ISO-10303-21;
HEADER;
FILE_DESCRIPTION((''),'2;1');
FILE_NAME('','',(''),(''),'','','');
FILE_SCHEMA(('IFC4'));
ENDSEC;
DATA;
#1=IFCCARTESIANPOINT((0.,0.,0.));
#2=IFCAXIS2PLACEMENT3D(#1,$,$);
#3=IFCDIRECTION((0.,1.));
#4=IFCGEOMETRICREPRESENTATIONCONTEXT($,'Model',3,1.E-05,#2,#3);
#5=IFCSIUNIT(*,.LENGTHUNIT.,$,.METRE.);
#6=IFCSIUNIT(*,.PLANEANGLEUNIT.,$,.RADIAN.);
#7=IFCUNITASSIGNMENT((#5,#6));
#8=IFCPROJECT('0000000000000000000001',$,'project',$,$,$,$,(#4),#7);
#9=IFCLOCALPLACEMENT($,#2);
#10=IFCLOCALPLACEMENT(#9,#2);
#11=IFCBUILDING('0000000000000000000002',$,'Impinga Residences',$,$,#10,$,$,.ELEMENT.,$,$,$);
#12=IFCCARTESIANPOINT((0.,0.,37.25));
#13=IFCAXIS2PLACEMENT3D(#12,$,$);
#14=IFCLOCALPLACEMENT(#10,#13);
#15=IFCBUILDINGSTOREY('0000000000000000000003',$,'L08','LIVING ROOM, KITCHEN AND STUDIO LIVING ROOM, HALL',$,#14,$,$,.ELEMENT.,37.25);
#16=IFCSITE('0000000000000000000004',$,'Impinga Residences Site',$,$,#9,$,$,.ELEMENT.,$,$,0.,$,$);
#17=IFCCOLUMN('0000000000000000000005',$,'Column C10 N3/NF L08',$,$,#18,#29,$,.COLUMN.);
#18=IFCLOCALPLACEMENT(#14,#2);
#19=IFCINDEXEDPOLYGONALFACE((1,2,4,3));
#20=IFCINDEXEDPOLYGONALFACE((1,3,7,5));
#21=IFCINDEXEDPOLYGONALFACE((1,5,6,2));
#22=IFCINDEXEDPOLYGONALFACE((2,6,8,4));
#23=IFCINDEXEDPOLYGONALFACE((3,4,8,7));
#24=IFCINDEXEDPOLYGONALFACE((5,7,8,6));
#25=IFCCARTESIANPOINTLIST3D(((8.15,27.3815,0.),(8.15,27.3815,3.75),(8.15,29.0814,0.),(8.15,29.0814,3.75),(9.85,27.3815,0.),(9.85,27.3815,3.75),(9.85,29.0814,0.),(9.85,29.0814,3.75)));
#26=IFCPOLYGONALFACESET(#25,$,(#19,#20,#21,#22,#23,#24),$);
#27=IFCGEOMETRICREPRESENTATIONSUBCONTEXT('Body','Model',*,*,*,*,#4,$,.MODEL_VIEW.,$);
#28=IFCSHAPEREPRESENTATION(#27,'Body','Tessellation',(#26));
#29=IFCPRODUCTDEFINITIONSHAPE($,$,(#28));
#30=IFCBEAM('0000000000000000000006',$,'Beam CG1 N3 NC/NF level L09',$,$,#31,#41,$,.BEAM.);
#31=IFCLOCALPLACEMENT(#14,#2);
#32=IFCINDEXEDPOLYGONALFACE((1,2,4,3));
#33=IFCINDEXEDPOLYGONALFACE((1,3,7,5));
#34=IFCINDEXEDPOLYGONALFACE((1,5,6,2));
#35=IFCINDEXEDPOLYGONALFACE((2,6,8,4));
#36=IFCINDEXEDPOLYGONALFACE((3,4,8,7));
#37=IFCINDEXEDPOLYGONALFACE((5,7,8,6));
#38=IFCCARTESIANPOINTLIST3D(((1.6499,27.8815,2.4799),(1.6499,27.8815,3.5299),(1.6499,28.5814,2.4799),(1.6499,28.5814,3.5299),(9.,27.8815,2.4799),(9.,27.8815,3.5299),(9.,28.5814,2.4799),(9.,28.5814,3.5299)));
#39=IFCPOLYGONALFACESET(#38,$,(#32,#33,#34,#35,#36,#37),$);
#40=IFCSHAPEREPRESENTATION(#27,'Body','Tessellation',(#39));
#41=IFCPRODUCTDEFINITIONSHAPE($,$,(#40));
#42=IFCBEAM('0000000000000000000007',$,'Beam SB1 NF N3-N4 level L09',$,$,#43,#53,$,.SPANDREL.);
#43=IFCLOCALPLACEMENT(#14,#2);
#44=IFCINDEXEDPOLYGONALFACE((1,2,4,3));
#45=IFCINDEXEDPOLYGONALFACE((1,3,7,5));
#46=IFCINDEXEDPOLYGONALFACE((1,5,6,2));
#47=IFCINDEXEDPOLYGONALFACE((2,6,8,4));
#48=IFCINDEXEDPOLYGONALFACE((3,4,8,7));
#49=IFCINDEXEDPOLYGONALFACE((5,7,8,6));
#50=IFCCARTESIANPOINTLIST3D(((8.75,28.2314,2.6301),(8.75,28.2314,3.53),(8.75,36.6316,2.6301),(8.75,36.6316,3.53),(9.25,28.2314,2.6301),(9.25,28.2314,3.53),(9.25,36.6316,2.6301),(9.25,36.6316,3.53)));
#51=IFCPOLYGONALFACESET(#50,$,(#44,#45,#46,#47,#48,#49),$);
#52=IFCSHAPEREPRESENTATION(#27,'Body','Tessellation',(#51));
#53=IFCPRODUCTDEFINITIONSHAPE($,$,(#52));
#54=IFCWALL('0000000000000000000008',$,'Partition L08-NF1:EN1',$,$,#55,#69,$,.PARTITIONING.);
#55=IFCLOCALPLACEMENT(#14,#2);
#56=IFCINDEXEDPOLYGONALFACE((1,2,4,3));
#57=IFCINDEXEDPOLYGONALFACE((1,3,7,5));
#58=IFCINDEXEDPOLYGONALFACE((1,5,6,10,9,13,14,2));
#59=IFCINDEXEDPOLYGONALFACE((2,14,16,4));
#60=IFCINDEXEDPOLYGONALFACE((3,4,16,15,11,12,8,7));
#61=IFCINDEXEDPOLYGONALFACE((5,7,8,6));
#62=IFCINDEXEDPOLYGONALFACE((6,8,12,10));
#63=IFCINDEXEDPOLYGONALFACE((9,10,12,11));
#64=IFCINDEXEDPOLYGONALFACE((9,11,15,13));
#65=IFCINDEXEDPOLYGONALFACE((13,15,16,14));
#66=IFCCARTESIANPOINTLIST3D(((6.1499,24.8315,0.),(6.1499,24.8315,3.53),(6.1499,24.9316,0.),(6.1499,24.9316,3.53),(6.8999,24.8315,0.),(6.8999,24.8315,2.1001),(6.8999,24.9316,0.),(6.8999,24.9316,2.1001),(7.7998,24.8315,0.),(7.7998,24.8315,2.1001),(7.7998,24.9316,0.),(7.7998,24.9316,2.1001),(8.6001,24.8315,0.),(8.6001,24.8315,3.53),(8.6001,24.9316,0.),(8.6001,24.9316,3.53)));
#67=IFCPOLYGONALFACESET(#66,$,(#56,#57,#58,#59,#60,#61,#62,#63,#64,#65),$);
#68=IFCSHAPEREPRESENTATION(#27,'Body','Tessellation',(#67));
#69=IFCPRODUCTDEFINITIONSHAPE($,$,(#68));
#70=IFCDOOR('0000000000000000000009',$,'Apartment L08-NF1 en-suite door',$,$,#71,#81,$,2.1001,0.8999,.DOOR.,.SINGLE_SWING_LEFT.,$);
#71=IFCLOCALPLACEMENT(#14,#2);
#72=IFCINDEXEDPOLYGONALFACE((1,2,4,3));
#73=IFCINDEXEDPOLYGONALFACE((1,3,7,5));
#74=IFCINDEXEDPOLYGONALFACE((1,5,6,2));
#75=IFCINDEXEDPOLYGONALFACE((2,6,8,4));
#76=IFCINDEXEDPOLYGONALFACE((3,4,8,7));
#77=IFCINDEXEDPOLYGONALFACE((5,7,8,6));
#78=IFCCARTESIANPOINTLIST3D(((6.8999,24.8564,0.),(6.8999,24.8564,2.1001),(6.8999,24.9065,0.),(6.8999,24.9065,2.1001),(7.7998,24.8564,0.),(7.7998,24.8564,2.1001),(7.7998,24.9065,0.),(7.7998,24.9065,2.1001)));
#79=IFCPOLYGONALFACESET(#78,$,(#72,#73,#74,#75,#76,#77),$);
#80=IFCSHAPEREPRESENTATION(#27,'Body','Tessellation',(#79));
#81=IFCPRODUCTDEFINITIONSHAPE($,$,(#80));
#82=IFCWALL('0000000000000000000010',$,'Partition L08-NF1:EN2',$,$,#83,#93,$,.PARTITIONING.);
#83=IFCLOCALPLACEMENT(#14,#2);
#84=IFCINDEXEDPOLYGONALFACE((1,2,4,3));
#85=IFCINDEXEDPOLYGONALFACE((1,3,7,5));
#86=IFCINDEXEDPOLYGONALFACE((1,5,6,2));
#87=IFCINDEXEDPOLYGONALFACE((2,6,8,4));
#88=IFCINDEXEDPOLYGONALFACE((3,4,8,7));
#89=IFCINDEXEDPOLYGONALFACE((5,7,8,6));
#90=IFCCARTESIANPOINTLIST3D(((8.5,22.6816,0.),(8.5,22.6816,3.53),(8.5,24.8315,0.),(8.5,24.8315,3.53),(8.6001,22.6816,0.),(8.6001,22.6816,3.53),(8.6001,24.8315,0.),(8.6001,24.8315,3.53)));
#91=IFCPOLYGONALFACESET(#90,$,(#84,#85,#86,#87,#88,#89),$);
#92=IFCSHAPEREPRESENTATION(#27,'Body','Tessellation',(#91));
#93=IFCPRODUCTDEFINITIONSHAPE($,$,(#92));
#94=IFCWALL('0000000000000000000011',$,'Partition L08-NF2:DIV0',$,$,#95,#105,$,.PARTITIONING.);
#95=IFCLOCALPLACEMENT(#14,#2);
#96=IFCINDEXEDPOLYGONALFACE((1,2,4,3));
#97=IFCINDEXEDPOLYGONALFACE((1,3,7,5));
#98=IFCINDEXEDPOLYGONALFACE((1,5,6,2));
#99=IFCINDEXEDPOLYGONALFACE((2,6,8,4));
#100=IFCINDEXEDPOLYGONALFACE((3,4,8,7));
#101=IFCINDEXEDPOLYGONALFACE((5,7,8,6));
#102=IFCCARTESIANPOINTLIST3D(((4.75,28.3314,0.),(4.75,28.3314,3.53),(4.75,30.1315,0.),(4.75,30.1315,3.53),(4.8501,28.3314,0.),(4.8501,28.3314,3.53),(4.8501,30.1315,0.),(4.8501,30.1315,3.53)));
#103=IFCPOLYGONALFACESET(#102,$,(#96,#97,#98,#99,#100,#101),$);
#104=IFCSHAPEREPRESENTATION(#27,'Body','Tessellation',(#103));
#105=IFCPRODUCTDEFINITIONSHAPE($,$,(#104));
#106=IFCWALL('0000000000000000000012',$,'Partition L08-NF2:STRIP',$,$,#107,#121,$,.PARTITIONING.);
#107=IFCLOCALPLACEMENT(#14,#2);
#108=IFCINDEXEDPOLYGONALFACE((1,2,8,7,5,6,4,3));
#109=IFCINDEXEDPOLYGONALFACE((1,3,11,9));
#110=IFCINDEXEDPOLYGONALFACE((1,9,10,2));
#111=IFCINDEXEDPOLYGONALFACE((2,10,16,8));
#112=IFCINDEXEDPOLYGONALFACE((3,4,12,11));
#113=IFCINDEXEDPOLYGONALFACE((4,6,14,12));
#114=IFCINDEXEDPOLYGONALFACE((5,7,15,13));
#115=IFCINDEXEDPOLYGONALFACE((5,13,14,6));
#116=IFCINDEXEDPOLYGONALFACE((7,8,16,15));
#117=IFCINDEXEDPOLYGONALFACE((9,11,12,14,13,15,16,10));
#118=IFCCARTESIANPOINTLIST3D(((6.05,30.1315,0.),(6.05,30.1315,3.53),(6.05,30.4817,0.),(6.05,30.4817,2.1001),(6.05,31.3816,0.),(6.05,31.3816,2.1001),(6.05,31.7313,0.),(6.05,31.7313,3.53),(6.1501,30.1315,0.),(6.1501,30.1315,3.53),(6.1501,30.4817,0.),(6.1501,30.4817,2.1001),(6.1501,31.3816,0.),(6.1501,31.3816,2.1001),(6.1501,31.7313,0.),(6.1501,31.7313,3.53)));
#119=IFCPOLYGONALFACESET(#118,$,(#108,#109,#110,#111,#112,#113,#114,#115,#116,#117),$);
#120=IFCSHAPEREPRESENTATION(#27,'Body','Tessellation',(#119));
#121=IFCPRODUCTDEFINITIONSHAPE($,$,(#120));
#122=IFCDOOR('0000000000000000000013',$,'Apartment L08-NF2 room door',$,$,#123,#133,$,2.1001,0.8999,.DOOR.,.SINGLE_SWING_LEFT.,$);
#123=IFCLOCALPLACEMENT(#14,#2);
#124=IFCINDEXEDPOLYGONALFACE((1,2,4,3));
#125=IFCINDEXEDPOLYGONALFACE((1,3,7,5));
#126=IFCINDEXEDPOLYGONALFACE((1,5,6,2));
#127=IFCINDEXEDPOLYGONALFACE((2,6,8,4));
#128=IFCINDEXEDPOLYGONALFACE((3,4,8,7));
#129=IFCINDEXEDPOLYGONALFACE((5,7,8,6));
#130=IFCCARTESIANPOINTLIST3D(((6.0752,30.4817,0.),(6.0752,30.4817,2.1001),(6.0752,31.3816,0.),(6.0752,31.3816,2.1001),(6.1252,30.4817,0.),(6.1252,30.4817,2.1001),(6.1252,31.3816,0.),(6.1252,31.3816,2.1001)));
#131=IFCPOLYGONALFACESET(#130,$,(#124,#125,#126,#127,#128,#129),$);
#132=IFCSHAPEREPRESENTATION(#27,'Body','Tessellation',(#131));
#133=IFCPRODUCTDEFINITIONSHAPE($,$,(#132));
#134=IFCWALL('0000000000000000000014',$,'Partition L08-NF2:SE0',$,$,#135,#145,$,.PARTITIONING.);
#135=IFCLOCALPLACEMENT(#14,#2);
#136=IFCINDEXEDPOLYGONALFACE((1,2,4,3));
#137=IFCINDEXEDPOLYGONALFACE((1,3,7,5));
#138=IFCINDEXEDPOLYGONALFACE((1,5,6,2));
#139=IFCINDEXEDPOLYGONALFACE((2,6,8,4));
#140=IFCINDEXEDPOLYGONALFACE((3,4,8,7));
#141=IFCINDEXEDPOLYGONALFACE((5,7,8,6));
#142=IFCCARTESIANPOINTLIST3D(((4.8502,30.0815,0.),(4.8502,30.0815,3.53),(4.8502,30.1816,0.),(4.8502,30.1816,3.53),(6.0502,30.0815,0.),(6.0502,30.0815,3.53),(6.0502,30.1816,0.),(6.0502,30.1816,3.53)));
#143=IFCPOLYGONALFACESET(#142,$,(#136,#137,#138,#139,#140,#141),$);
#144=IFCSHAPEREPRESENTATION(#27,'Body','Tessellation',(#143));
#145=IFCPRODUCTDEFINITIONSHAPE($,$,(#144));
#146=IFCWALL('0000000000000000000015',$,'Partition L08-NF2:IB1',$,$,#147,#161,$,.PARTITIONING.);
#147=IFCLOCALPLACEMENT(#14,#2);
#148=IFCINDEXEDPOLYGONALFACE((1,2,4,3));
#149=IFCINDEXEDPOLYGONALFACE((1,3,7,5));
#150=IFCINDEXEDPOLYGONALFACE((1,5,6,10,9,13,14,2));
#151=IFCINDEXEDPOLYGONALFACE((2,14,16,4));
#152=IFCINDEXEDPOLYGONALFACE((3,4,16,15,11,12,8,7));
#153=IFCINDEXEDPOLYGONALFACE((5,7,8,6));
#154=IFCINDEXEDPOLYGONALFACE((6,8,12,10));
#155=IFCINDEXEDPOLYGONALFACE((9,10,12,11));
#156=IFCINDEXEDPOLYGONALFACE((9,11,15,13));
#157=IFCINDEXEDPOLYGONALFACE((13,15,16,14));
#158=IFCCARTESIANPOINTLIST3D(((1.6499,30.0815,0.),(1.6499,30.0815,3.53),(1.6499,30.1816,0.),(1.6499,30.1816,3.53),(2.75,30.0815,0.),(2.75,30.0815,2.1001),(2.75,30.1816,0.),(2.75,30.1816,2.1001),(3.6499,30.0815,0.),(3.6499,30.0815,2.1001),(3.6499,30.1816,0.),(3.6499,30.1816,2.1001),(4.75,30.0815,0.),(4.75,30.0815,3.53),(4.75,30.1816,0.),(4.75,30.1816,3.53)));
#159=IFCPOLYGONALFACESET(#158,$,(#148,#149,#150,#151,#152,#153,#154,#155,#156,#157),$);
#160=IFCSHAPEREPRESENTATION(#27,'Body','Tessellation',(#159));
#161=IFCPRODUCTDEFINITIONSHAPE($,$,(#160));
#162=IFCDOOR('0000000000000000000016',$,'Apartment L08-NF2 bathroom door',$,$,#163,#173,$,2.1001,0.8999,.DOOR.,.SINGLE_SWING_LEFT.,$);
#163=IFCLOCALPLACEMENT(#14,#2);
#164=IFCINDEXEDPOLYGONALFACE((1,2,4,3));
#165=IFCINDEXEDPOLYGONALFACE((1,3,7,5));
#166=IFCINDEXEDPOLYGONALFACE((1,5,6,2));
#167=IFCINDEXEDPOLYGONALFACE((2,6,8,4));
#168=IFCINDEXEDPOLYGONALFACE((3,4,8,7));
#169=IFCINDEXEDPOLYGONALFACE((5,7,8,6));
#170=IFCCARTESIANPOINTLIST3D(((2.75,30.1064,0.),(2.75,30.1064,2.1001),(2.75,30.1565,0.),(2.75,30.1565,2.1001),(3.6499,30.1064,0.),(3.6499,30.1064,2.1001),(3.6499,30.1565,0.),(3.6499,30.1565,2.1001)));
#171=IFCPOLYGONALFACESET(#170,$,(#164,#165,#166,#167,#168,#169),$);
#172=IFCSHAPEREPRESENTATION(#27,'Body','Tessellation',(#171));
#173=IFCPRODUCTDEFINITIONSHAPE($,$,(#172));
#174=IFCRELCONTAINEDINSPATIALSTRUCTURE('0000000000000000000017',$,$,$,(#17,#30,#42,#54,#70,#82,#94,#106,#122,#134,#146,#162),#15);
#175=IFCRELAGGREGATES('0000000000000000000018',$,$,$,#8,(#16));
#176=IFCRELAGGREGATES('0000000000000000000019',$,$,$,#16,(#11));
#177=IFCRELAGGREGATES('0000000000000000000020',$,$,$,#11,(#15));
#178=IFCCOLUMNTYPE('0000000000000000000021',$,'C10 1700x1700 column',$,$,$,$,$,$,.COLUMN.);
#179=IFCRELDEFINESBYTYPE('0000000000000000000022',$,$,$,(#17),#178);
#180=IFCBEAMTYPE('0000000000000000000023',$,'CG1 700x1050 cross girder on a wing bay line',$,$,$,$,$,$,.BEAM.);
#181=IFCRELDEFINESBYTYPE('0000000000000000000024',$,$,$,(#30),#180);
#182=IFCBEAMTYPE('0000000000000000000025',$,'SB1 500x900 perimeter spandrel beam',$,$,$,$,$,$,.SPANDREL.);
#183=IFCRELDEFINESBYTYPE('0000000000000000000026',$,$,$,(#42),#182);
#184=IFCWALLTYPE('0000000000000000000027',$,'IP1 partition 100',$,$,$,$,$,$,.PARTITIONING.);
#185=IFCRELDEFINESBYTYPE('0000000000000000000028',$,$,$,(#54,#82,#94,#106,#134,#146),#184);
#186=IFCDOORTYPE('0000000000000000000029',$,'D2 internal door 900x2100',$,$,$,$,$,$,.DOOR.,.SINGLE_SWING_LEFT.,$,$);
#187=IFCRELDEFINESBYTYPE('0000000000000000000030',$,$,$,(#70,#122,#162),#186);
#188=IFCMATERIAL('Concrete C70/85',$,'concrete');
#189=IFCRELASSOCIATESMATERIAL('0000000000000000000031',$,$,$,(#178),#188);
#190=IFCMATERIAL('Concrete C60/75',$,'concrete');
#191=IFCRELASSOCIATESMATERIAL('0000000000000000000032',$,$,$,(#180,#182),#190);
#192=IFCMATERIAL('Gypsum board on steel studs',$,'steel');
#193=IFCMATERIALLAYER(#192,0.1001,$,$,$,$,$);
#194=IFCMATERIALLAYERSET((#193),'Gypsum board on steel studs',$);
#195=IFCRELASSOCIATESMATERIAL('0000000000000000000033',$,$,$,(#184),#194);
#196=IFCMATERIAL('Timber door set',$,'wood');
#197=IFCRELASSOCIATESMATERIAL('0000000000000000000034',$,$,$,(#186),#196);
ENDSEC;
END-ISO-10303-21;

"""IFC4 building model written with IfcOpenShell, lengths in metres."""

from ifc_helpers import new_model, si_unit, direction, frame, frame_2d, origin, origin_2d, place, context, subcontext, project, spatial, rectangle, extrude, material, layer, layer_set, material_profile, profile_set, type_object, element, fill, save


model = new_model("IFC4")

# Units and contexts
model_context = context("Model", 3, precision=1e-05, world=origin(), true_north=direction((0.0, 1.0)))
body_context = subcontext(model_context, "Body", "Model", "MODEL_VIEW")
ifc_project = project(units=[si_unit("LENGTHUNIT", "METRE"), si_unit("PLANEANGLEUNIT", "RADIAN")], contexts=[model_context])

# Site, building, storey
site_placement = place(None, origin())
site = spatial("IfcSite", under=ifc_project, at=site_placement, Name="Impinga Residences Site", CompositionType="ELEMENT", RefElevation=0.0)
building_placement = place(site_placement, origin())
building = spatial("IfcBuilding", under=site, at=building_placement, Name="Impinga Residences", CompositionType="ELEMENT")
storey_placement = place(building_placement, frame((0.0, 0.0, 37.25)))
storey = spatial("IfcBuildingStorey", under=building, at=storey_placement, Name="L08", Description="LIVING ROOM, KITCHEN AND STUDIO LIVING ROOM, HALL", CompositionType="ELEMENT", Elevation=37.25)

# Column
ifc_material_1 = material(Name="Concrete C70/85", Category="concrete")
ifc_material_profile_1 = material_profile(ifc_material_1, rectangle(XDim=1.7, YDim=1.7, at=origin_2d()), Name="RC 1700x1700")
ifc_profile_set_1 = profile_set([ifc_material_profile_1], Name="Concrete C70/85")
column_type = type_object("IfcColumnType", Name="C10 1700x1700 column", PredefinedType="COLUMN", material=ifc_profile_set_1)
column_placement = place(storey_placement, frame((9.0, 28.2314, 0.0), z_axis=(0.0, 0.0, 1.0), x_axis=(1.0, 0.0, 0.0)))
element("IfcColumn", 1, at=column_placement, inside=storey, type_object=column_type, Name="Column C10 N3/NF L08", PredefinedType="COLUMN", context=body_context, shape_type="SweptSolid", body=[
    extrude(rectangle(XDim=1.7, YDim=1.7, at=origin_2d()), origin(), (0.0, 0.0, 1.0), 3.75),
])

# Beams
ifc_material_2 = material(Name="Concrete C60/75", Category="concrete")
ifc_material_profile_2 = material_profile(ifc_material_2, rectangle(XDim=0.7, YDim=1.05, at=origin_2d()), Name="RC 700x1050")
ifc_profile_set_2 = profile_set([ifc_material_profile_2], Name="Concrete C60/75")
beam_type_1 = type_object("IfcBeamType", Name="CG1 700x1050 cross girder on a wing bay line", PredefinedType="BEAM", material=ifc_profile_set_2)
beam_1_placement = place(storey_placement, frame((1.6499, 28.2314, 3.0049), z_axis=(1.0, 0.0, 0.0), x_axis=(0.0, 1.0, 0.0)))
element("IfcBeam", 2, at=beam_1_placement, inside=storey, type_object=beam_type_1, Name="Beam CG1 N3 NC/NF level L09", PredefinedType="BEAM", context=body_context, shape_type="SweptSolid", body=[
    extrude(rectangle(XDim=0.7, YDim=1.05, at=origin_2d()), origin(), (0.0, 0.0, 1.0), 7.3501),
])
ifc_material_profile_3 = material_profile(ifc_material_2, rectangle(XDim=0.5, YDim=0.8999, at=origin_2d()), Name="RC 500x900")
ifc_profile_set_3 = profile_set([ifc_material_profile_3], Name="Concrete C60/75")
beam_type_2 = type_object("IfcBeamType", Name="SB1 500x900 perimeter spandrel beam", PredefinedType="SPANDREL", material=ifc_profile_set_3)
beam_2_placement = place(storey_placement, frame((9.0, 28.2314, 3.0801), z_axis=(0.0, 1.0, 0.0), x_axis=(-1.0, 0.0, 0.0)))
element("IfcBeam", 3, at=beam_2_placement, inside=storey, type_object=beam_type_2, Name="Beam SB1 NF N3-N4 level L09", PredefinedType="SPANDREL", context=body_context, shape_type="SweptSolid", body=[
    extrude(rectangle(XDim=0.5, YDim=0.8999, at=origin_2d()), origin(), (0.0, 0.0, 1.0), 8.4001),
])

# Wall, opening, door
ifc_material_3 = material(Name="Gypsum board on steel studs", Category="steel")
ifc_layer_1 = layer(ifc_material_3, 0.1001)
ifc_layer_set_1 = layer_set([ifc_layer_1], Name="Gypsum board on steel studs")
wall_type_1 = type_object("IfcWallType", Name="IP1 partition 100", PredefinedType="PARTITIONING", material=ifc_layer_set_1)
wall_1_placement = place(storey_placement, frame((6.1499, 24.8816, 0.0), z_axis=(0.0, 0.0, 1.0), x_axis=(1.0, 0.0, 0.0)))
wall_1 = element("IfcWall", 4, at=wall_1_placement, inside=storey, type_object=wall_type_1, Name="Partition L08-NF1:EN1", PredefinedType="PARTITIONING", context=body_context, shape_type="SweptSolid", body=[
    extrude(rectangle(XDim=2.4502, YDim=0.1001, at=frame_2d((1.2251, 0.0))), origin(), (0.0, 0.0, 1.0), 3.53),
])
opening_1_placement = place(wall_1_placement, frame((0.75, 0.0, 0.0)))
opening_1 = element("IfcOpeningElement", 5, at=opening_1_placement, cuts=wall_1, PredefinedType="OPENING", context=body_context, shape_type="SweptSolid", body=[
    extrude(rectangle(XDim=0.8999, YDim=2.1001, at=frame_2d((0.45, 1.05))), frame((0.0, 0.0601, 0.0), z_axis=(0.0, -1.0, 0.0), x_axis=(1.0, 0.0, 0.0)), (0.0, 0.0, 1.0), 0.1201),
])
ifc_material_4 = material(Name="Timber door set", Category="wood")
door_type = type_object("IfcDoorType", Name="D2 internal door 900x2100", OperationType="SINGLE_SWING_LEFT", PredefinedType="DOOR", material=ifc_material_4)
door_1_placement = place(opening_1_placement, origin())
door_1 = element("IfcDoor", 6, at=door_1_placement, inside=storey, type_object=door_type, Name="Apartment L08-NF1 en-suite door", OperationType="SINGLE_SWING_LEFT", OverallHeight=2.1001, OverallWidth=0.8999, PredefinedType="DOOR", context=body_context, shape_type="SweptSolid", body=[
    extrude(rectangle(XDim=0.8999, YDim=2.1001, at=frame_2d((0.45, 1.05))), frame((0.0, 0.0249, 0.0), z_axis=(0.0, -1.0, 0.0), x_axis=(1.0, 0.0, 0.0)), (0.0, 0.0, 1.0), 0.05),
])
fill(opening_1, door_1)

# Walls
wall_2_placement = place(storey_placement, frame((8.55, 22.6816, 0.0), z_axis=(0.0, 0.0, 1.0), x_axis=(0.0, 1.0, 0.0)))
element("IfcWall", 7, at=wall_2_placement, inside=storey, type_object=wall_type_1, Name="Partition L08-NF1:EN2", PredefinedType="PARTITIONING", context=body_context, shape_type="SweptSolid", body=[
    extrude(rectangle(XDim=2.1499, YDim=0.1001, at=frame_2d((1.075, 0.0))), origin(), (0.0, 0.0, 1.0), 3.53),
])
wall_3_placement = place(storey_placement, frame((4.8, 28.3315, 0.0), z_axis=(0.0, 0.0, 1.0), x_axis=(0.0, 1.0, 0.0)))
element("IfcWall", 8, at=wall_3_placement, inside=storey, type_object=wall_type_1, Name="Partition L08-NF2:DIV0", PredefinedType="PARTITIONING", context=body_context, shape_type="SweptSolid", body=[
    extrude(rectangle(XDim=1.8, YDim=0.1001, at=frame_2d((0.8999, 0.0))), origin(), (0.0, 0.0, 1.0), 3.53),
])

# Wall, opening, door
wall_4_placement = place(storey_placement, frame((6.1001, 30.1316, 0.0), z_axis=(0.0, 0.0, 1.0), x_axis=(0.0, 1.0, 0.0)))
wall_4 = element("IfcWall", 9, at=wall_4_placement, inside=storey, type_object=wall_type_1, Name="Partition L08-NF2:STRIP", PredefinedType="PARTITIONING", context=body_context, shape_type="SweptSolid", body=[
    extrude(rectangle(XDim=1.5999, YDim=0.1001, at=frame_2d((0.7998, 0.0))), origin(), (0.0, 0.0, 1.0), 3.53),
])
opening_2_placement = place(wall_4_placement, frame((0.3501, 0.0, 0.0)))
opening_2 = element("IfcOpeningElement", 10, at=opening_2_placement, cuts=wall_4, PredefinedType="OPENING", context=body_context, shape_type="SweptSolid", body=[
    extrude(rectangle(XDim=0.8999, YDim=2.1001, at=frame_2d((0.45, 1.05))), frame((0.0, 0.0601, 0.0), z_axis=(0.0, -1.0, 0.0), x_axis=(1.0, 0.0, 0.0)), (0.0, 0.0, 1.0), 0.1201),
])
door_2_placement = place(opening_2_placement, origin())
door_2 = element("IfcDoor", 11, at=door_2_placement, inside=storey, type_object=door_type, Name="Apartment L08-NF2 room door", OperationType="SINGLE_SWING_LEFT", OverallHeight=2.1001, OverallWidth=0.8999, PredefinedType="DOOR", context=body_context, shape_type="SweptSolid", body=[
    extrude(rectangle(XDim=0.8999, YDim=2.1001, at=frame_2d((0.45, 1.05))), frame((0.0, 0.0249, 0.0), z_axis=(0.0, -1.0, 0.0), x_axis=(1.0, 0.0, 0.0)), (0.0, 0.0, 1.0), 0.05),
])
fill(opening_2, door_2)

# Wall
wall_5_placement = place(storey_placement, frame((4.8501, 30.1316, 0.0), z_axis=(0.0, 0.0, 1.0), x_axis=(1.0, 0.0, 0.0)))
element("IfcWall", 12, at=wall_5_placement, inside=storey, type_object=wall_type_1, Name="Partition L08-NF2:SE0", PredefinedType="PARTITIONING", context=body_context, shape_type="SweptSolid", body=[
    extrude(rectangle(XDim=1.2, YDim=0.1001, at=frame_2d((0.6001, 0.0))), origin(), (0.0, 0.0, 1.0), 3.53),
])

# Wall, opening, door
wall_6_placement = place(storey_placement, frame((1.6499, 30.1316, 0.0), z_axis=(0.0, 0.0, 1.0), x_axis=(1.0, 0.0, 0.0)))
wall_6 = element("IfcWall", 13, at=wall_6_placement, inside=storey, type_object=wall_type_1, Name="Partition L08-NF2:IB1", PredefinedType="PARTITIONING", context=body_context, shape_type="SweptSolid", body=[
    extrude(rectangle(XDim=3.1001, YDim=0.1001, at=frame_2d((1.55, 0.0))), origin(), (0.0, 0.0, 1.0), 3.53),
])
opening_3_placement = place(wall_6_placement, frame((1.1001, 0.0, 0.0)))
opening_3 = element("IfcOpeningElement", 14, at=opening_3_placement, cuts=wall_6, PredefinedType="OPENING", context=body_context, shape_type="SweptSolid", body=[
    extrude(rectangle(XDim=0.8999, YDim=2.1001, at=frame_2d((0.45, 1.05))), frame((0.0, 0.0601, 0.0), z_axis=(0.0, -1.0, 0.0), x_axis=(1.0, 0.0, 0.0)), (0.0, 0.0, 1.0), 0.1201),
])
door_3_placement = place(opening_3_placement, origin())
door_3 = element("IfcDoor", 15, at=door_3_placement, inside=storey, type_object=door_type, Name="Apartment L08-NF2 bathroom door", OperationType="SINGLE_SWING_LEFT", OverallHeight=2.1001, OverallWidth=0.8999, PredefinedType="DOOR", context=body_context, shape_type="SweptSolid", body=[
    extrude(rectangle(XDim=0.8999, YDim=2.1001, at=frame_2d((0.45, 1.05))), frame((0.0, 0.0249, 0.0), z_axis=(0.0, -1.0, 0.0), x_axis=(1.0, 0.0, 0.0)), (0.0, 0.0, 1.0), 0.05),
])
fill(opening_3, door_3)

save(model, "model.ifc")
